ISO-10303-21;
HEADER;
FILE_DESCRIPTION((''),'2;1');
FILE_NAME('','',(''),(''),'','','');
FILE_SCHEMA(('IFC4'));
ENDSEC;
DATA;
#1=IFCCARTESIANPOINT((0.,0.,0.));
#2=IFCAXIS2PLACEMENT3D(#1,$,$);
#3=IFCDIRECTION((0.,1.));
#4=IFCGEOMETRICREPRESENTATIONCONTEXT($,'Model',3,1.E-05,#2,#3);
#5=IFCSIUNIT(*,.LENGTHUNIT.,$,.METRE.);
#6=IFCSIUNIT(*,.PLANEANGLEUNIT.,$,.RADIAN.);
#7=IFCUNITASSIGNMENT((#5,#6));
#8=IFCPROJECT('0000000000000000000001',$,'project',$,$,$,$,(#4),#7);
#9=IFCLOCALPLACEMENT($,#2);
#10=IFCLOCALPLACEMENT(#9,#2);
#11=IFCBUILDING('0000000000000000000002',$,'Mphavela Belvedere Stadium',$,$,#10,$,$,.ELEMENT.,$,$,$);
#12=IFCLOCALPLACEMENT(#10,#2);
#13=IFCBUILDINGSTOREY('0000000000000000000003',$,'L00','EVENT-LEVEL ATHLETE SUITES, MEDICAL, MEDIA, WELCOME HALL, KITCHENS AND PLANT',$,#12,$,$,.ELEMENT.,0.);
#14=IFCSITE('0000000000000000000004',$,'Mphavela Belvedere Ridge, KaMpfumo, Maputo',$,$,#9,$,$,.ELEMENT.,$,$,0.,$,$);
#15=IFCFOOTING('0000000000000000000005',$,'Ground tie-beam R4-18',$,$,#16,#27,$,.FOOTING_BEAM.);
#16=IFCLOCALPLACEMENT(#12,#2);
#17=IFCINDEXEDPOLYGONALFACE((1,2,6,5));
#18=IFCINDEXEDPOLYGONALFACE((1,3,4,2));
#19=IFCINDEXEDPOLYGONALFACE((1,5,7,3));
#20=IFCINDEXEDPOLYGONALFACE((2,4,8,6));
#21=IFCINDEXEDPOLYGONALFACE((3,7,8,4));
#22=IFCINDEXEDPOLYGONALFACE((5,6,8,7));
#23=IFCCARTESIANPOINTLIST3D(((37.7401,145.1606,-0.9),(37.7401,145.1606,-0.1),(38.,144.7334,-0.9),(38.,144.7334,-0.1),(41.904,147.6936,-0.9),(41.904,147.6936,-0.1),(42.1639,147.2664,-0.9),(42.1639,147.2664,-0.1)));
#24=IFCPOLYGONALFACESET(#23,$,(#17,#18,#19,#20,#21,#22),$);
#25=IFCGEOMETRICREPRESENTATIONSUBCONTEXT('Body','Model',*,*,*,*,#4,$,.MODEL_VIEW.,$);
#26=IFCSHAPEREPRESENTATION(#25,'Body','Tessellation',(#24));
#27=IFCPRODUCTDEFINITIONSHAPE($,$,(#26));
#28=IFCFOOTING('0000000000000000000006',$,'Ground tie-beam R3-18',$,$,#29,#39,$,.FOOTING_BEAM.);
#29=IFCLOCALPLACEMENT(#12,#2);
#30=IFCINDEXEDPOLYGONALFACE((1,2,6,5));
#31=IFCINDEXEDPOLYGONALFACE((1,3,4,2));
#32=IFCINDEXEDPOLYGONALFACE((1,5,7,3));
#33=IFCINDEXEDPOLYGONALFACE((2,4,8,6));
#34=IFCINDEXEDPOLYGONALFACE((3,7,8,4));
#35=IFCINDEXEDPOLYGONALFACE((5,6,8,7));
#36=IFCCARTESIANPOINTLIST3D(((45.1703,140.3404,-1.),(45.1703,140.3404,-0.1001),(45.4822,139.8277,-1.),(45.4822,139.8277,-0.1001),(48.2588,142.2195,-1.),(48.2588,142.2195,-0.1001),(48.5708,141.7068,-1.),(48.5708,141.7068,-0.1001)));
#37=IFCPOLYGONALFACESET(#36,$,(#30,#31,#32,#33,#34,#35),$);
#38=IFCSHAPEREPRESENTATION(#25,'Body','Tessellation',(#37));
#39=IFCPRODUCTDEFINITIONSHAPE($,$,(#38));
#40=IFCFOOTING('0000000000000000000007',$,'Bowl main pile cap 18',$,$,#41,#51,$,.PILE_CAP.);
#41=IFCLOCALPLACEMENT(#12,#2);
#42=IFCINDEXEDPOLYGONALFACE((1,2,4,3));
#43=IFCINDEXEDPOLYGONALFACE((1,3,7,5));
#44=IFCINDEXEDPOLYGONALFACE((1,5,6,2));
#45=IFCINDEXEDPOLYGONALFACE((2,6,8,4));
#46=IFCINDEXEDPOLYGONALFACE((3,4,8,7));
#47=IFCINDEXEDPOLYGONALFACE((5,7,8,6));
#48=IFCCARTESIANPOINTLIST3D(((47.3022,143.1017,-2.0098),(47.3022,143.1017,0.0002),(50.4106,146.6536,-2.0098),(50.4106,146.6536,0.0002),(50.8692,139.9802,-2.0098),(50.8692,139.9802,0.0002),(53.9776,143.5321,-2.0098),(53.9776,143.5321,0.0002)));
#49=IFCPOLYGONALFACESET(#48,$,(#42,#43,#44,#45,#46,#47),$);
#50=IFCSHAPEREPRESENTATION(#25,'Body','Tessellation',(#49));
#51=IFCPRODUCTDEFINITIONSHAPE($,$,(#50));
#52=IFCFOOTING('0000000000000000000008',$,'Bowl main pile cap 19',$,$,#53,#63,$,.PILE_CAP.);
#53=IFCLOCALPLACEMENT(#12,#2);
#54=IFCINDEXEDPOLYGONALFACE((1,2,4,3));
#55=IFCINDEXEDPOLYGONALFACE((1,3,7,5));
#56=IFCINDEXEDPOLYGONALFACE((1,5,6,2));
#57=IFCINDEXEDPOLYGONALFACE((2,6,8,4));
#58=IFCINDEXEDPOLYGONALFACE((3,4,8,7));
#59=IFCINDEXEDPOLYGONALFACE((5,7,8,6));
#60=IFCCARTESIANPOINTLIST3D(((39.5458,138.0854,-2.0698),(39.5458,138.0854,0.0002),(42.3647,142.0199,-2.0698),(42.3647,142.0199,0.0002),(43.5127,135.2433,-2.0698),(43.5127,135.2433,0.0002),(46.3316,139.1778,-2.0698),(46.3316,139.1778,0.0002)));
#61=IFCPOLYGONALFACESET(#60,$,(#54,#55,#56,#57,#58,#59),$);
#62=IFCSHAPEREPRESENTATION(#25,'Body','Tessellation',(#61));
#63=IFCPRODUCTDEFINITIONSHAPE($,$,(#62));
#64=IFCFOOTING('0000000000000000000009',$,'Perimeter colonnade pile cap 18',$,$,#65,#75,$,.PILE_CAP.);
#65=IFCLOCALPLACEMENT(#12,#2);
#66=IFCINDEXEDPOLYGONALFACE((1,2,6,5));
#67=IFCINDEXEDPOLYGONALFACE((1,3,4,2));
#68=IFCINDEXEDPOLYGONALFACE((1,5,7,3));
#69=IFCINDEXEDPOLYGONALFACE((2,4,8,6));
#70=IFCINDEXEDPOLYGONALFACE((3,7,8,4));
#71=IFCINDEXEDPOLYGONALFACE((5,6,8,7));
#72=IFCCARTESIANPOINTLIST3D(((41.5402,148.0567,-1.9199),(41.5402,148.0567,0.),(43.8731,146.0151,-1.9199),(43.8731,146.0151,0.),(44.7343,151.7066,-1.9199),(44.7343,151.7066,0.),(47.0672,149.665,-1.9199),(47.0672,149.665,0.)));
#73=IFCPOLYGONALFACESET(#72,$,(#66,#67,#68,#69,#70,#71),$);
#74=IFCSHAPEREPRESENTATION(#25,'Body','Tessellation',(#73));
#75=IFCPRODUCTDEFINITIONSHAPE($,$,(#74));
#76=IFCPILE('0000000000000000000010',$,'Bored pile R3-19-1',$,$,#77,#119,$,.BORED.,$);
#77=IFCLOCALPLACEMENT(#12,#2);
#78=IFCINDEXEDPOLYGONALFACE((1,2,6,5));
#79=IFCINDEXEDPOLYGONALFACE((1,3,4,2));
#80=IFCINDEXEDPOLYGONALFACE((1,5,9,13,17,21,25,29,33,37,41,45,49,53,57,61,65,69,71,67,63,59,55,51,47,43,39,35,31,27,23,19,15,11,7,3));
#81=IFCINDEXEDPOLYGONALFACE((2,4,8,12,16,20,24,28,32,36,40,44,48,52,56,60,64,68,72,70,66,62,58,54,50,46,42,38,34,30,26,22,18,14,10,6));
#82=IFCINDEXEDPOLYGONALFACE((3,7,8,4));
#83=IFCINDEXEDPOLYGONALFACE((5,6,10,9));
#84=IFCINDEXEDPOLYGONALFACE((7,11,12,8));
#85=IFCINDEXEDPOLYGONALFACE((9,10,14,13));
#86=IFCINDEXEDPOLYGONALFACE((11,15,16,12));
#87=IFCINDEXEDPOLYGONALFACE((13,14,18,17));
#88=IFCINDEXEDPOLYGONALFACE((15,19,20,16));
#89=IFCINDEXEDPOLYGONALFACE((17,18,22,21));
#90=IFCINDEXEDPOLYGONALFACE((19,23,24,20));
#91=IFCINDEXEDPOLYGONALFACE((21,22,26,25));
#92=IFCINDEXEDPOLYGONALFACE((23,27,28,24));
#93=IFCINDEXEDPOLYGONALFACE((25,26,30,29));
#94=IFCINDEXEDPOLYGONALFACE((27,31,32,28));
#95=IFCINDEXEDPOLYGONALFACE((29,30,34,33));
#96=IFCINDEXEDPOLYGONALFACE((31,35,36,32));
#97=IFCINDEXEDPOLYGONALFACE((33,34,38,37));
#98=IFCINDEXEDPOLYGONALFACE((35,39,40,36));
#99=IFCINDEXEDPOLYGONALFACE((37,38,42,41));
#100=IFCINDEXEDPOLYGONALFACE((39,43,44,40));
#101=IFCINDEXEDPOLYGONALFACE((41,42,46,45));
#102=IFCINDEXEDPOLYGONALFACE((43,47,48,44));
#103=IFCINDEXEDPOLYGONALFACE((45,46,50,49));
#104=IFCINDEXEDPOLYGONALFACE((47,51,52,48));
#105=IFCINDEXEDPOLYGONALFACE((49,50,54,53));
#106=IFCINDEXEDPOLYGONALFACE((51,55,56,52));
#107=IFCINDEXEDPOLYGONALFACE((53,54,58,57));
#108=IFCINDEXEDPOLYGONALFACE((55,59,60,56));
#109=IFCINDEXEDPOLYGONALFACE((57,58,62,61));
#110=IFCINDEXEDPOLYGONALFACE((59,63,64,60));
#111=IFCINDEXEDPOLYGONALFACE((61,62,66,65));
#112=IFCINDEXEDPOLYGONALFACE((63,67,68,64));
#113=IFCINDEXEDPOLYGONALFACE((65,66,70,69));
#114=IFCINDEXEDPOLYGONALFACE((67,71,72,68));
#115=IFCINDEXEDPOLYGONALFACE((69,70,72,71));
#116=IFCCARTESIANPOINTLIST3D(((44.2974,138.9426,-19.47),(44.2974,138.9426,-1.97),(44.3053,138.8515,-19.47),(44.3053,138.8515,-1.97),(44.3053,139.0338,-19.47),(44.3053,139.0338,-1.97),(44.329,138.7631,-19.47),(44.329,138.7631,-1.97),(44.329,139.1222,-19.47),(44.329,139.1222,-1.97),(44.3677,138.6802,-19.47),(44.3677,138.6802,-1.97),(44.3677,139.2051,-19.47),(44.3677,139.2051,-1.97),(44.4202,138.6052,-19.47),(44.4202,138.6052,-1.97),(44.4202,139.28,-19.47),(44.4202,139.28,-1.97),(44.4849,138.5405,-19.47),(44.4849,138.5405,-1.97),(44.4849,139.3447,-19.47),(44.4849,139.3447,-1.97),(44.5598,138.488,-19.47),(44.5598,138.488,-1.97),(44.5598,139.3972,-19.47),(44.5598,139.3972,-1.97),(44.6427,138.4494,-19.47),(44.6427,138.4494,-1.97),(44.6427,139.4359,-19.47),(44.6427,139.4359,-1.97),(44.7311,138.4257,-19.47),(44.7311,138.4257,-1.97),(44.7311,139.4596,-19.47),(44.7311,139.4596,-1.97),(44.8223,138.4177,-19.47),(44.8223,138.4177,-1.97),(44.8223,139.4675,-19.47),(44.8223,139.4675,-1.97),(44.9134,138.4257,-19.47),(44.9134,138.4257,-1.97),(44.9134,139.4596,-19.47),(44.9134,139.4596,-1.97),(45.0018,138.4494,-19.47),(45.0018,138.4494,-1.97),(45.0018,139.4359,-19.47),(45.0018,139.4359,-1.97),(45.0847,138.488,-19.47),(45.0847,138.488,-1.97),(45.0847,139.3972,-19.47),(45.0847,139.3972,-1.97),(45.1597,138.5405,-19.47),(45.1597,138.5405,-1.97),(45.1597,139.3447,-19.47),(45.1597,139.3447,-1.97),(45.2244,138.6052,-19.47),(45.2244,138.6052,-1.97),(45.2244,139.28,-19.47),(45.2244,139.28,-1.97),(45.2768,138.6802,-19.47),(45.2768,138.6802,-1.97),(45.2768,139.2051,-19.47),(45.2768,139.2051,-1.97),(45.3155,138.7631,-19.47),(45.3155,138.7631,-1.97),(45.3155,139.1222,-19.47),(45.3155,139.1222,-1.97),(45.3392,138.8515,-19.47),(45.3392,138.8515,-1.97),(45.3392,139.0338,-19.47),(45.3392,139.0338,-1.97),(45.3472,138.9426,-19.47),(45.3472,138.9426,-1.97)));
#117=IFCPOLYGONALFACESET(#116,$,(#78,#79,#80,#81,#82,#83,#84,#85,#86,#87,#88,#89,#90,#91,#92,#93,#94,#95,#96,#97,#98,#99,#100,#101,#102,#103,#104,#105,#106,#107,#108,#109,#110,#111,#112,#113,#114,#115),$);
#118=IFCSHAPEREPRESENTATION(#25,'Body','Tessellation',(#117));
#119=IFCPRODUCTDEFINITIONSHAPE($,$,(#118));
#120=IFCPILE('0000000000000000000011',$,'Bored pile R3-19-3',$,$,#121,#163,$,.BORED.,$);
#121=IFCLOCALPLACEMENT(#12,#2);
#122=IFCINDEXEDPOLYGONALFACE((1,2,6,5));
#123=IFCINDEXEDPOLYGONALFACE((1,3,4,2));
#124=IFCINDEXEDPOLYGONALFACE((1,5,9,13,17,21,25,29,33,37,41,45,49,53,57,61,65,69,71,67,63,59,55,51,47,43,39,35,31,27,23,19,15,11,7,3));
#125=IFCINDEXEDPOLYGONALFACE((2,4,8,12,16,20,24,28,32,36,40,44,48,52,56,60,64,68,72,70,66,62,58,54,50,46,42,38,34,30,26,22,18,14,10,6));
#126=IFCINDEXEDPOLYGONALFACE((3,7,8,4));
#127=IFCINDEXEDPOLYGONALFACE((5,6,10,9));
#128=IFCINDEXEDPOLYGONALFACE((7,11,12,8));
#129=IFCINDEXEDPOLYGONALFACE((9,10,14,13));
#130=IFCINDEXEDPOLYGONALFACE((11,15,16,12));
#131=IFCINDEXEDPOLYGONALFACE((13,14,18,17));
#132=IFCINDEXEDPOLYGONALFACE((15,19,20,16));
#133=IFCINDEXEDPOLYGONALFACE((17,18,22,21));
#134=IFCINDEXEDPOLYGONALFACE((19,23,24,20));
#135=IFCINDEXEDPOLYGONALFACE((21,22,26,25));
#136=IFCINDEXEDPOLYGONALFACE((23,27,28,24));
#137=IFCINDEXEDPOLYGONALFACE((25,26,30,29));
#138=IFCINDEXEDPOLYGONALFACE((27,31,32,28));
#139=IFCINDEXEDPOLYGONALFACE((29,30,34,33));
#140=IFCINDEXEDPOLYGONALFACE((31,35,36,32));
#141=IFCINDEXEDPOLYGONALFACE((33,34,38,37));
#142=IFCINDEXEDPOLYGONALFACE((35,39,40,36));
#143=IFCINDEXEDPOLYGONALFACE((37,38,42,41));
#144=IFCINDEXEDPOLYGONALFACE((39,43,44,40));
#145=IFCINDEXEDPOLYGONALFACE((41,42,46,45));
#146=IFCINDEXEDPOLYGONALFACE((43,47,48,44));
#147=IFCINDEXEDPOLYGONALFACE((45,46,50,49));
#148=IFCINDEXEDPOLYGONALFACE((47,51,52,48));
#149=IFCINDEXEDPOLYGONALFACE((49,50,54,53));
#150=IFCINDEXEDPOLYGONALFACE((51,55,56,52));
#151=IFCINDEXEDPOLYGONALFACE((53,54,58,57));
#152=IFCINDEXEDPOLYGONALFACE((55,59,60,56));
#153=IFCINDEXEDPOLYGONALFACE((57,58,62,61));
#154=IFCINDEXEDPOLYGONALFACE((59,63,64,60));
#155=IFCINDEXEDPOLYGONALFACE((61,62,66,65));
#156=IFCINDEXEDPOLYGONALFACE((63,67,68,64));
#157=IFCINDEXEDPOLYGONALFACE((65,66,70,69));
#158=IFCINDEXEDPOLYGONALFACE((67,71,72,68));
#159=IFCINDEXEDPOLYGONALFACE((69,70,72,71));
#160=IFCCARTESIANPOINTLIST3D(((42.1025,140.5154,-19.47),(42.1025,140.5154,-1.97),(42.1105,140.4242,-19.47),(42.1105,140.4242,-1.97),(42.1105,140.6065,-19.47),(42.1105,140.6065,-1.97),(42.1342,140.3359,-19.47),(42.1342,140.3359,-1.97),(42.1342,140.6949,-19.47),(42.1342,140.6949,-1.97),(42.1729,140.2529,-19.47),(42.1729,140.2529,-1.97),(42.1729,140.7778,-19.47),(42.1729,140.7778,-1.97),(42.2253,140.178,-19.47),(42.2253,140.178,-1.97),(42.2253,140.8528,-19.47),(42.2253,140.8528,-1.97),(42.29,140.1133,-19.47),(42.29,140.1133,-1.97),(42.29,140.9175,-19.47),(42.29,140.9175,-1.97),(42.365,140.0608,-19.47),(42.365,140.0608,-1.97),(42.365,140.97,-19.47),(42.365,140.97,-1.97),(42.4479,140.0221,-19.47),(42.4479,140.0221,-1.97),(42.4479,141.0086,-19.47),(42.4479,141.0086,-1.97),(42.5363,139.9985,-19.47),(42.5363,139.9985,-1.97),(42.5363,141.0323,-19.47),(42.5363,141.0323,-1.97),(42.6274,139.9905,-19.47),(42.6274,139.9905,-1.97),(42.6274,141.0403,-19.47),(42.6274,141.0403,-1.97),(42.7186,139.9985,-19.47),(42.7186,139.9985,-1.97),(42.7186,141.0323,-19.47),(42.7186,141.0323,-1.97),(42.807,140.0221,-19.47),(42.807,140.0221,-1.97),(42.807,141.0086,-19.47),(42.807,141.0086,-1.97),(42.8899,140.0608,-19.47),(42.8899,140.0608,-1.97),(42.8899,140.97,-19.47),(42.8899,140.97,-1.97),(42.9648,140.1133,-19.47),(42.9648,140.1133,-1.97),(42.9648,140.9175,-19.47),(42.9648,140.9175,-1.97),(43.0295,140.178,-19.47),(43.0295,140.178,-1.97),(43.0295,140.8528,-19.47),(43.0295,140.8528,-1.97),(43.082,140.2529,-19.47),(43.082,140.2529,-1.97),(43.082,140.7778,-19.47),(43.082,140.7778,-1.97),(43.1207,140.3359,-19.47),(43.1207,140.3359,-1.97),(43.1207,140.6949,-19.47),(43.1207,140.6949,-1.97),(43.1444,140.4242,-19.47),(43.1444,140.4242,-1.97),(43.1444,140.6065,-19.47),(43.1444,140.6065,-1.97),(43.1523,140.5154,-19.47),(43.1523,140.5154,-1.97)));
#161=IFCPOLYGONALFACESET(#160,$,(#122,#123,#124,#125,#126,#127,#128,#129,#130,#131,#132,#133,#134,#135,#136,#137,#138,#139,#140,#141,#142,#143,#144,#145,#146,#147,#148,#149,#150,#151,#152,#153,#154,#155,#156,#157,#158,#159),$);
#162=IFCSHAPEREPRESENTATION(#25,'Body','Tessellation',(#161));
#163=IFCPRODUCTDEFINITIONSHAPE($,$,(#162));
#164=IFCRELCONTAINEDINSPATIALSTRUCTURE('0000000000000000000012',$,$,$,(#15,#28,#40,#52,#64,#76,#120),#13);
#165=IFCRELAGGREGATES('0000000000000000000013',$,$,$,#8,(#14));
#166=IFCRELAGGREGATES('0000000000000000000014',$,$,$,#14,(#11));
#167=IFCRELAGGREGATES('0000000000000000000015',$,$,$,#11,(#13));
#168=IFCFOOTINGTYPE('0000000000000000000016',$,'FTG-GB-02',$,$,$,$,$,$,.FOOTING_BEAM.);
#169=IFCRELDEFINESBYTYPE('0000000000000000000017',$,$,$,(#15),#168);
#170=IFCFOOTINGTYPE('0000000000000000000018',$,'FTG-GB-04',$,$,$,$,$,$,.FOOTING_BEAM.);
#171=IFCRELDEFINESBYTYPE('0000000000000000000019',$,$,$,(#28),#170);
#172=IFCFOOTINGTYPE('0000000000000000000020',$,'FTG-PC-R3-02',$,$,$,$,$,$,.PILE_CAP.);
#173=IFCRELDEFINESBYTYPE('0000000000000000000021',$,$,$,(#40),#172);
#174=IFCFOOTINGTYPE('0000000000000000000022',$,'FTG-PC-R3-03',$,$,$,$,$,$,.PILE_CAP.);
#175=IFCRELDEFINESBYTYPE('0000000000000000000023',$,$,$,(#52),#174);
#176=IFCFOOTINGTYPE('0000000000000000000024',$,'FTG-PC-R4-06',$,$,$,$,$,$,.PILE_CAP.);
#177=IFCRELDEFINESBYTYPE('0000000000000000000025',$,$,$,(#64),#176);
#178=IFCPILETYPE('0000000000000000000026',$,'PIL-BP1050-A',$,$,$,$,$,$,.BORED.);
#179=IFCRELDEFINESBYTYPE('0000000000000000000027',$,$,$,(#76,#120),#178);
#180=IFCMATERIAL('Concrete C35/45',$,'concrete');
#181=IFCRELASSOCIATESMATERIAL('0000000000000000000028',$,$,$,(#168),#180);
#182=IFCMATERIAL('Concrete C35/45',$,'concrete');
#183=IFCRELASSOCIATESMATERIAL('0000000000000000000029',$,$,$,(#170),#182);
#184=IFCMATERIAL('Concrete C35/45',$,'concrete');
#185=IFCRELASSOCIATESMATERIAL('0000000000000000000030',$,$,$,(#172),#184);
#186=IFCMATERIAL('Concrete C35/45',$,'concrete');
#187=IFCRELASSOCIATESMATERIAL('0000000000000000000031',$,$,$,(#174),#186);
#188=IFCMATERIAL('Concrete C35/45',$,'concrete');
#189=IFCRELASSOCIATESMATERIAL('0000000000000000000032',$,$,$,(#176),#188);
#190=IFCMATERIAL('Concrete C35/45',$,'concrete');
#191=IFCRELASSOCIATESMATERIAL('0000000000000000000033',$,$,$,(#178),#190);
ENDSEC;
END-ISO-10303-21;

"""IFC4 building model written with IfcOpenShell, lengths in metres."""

from ifc_helpers import new_model, si_unit, direction, frame, origin, origin_2d, place, context, subcontext, project, spatial, rectangle, circle, extrude, material, material_profile, profile_set, type_object, element, save


model = new_model("IFC4")

# Units and contexts
model_context = context("Model", 3, precision=1e-05, world=origin(), true_north=direction((0.0, 1.0)))
body_context = subcontext(model_context, "Body", "Model", "MODEL_VIEW")
ifc_project = project(units=[si_unit("LENGTHUNIT", "METRE"), si_unit("PLANEANGLEUNIT", "RADIAN")], contexts=[model_context])

# Site, building, storey
site_placement = place(None, origin())
site = spatial("IfcSite", under=ifc_project, at=site_placement, Name="Mphavela Belvedere Ridge, KaMpfumo, Maputo", CompositionType="ELEMENT", RefElevation=0.0)
building_placement = place(site_placement, origin())
building = spatial("IfcBuilding", under=site, at=building_placement, Name="Mphavela Belvedere Stadium", CompositionType="ELEMENT")
storey_placement = place(building_placement, origin())
storey = spatial("IfcBuildingStorey", under=building, at=storey_placement, Name="L00", Description="EVENT-LEVEL ATHLETE SUITES, MEDICAL, MEDIA, WELCOME HALL, KITCHENS AND PLANT", CompositionType="ELEMENT", Elevation=0.0)

# Footings
ifc_material_1 = material(Name="Concrete C35/45", Category="concrete")
ifc_material_profile_1 = material_profile(ifc_material_1, rectangle(XDim=0.5, YDim=0.8, at=origin_2d()), Name="GB 500x800")
ifc_profile_set_1 = profile_set([ifc_material_profile_1], Name="Concrete C35/45")
footing_type_1 = type_object("IfcFootingType", Name="FTG-GB-02", PredefinedType="FOOTING_BEAM", material=ifc_profile_set_1)
footing_1_placement = place(storey_placement, frame((42.0339, 147.48, -0.5), z_axis=(-0.854339, -0.519716, 0.0), x_axis=(0.519716, -0.854339, 0.0)))
element("IfcFooting", 1, at=footing_1_placement, inside=storey, type_object=footing_type_1, Name="Ground tie-beam R4-18", PredefinedType="FOOTING_BEAM", context=body_context, shape_type="SweptSolid", body=[
    extrude(rectangle(XDim=0.5, YDim=0.8, at=origin_2d()), origin(), (0.0, 0.0, 1.0), 4.8738),
])
ifc_material_2 = material(Name="Concrete C35/45", Category="concrete")
ifc_material_profile_2 = material_profile(ifc_material_2, rectangle(XDim=0.6001, YDim=0.8999, at=origin_2d()), Name="GB 600x900")
ifc_profile_set_2 = profile_set([ifc_material_profile_2], Name="Concrete C35/45")
footing_type_2 = type_object("IfcFootingType", Name="FTG-GB-04", PredefinedType="FOOTING_BEAM", material=ifc_profile_set_2)
footing_2_placement = place(storey_placement, frame((48.4148, 141.9631, -0.55), z_axis=(-0.854307, -0.519769, 0.0), x_axis=(0.519769, -0.854307, 0.0)))
element("IfcFooting", 2, at=footing_2_placement, inside=storey, type_object=footing_type_2, Name="Ground tie-beam R3-18", PredefinedType="FOOTING_BEAM", context=body_context, shape_type="SweptSolid", body=[
    extrude(rectangle(XDim=0.6001, YDim=0.8999, at=origin_2d()), origin(), (0.0, 0.0, 1.0), 3.6152),
])
ifc_material_3 = material(Name="Concrete C35/45", Category="concrete")
footing_type_3 = type_object("IfcFootingType", Name="FTG-PC-R3-02", PredefinedType="PILE_CAP", material=ifc_material_3)
footing_3_placement = place(storey_placement, frame((50.6399, 143.3169, -2.0098), z_axis=(0.0, 0.0, 1.0), x_axis=(-0.75253, 0.658558, 0.0)))
element("IfcFooting", 3, at=footing_3_placement, inside=storey, type_object=footing_type_3, Name="Bowl main pile cap 18", PredefinedType="PILE_CAP", context=body_context, shape_type="SweptSolid", body=[
    extrude(rectangle(XDim=4.74, YDim=4.72, at=origin_2d()), origin(), (0.0, 0.0, 1.0), 2.01),
])
ifc_material_4 = material(Name="Concrete C35/45", Category="concrete")
footing_type_4 = type_object("IfcFootingType", Name="FTG-PC-R3-03", PredefinedType="PILE_CAP", material=ifc_material_4)
footing_4_placement = place(storey_placement, frame((42.9387, 138.6316, -2.0698), z_axis=(0.0, 0.0, 1.0), x_axis=(-0.812898, 0.582407, 0.0)))
element("IfcFooting", 4, at=footing_4_placement, inside=storey, type_object=footing_type_4, Name="Bowl main pile cap 19", PredefinedType="PILE_CAP", context=body_context, shape_type="SweptSolid", body=[
    extrude(rectangle(XDim=4.8799, YDim=4.8401, at=origin_2d()), origin(), (0.0, 0.0, 1.0), 2.0701),
])
ifc_material_5 = material(Name="Concrete C35/45", Category="concrete")
footing_type_5 = type_object("IfcFootingType", Name="FTG-PC-R4-06", PredefinedType="PILE_CAP", material=ifc_material_5)
footing_5_placement = place(storey_placement, frame((44.3037, 148.8608, -1.9199), z_axis=(0.0, 0.0, 1.0), x_axis=(-0.658558, -0.75253, 0.0)))
element("IfcFooting", 5, at=footing_5_placement, inside=storey, type_object=footing_type_5, Name="Perimeter colonnade pile cap 18", PredefinedType="PILE_CAP", context=body_context, shape_type="SweptSolid", body=[
    extrude(rectangle(XDim=4.8501, YDim=3.1001, at=origin_2d()), origin(), (0.0, 0.0, 1.0), 1.9199),
])

# Piles
ifc_material_6 = material(Name="Concrete C35/45", Category="concrete")
ifc_material_profile_3 = material_profile(ifc_material_6, circle(Radius=0.5249, at=origin_2d()), Name="BP D1050")
ifc_profile_set_3 = profile_set([ifc_material_profile_3], Name="Concrete C35/45")
pile_type_1 = type_object("IfcPileType", Name="PIL-BP1050-A", PredefinedType="BORED", material=ifc_profile_set_3)
for number, where, z_axis, x_axis, name in (
    (6, (44.8223, 138.9426, -1.97), (0.0, 0.0, -1.0), (1.0, 0.0, 0.0), "Bored pile R3-19-1"),
    (7, (42.6274, 140.5154, -1.97), (0.0, 0.0, -1.0), (1.0, 0.0, 0.0), "Bored pile R3-19-3"),
):
    element("IfcPile", number, at=place(storey_placement, frame(where, z_axis=z_axis, x_axis=x_axis)), inside=storey, type_object=pile_type_1, Name=name, PredefinedType="BORED", context=body_context, shape_type="SweptSolid", body=[
        extrude(circle(Radius=0.5249, at=origin_2d()), origin(), (0.0, 0.0, 1.0), 17.5),
    ])

save(model, "model.ifc")
